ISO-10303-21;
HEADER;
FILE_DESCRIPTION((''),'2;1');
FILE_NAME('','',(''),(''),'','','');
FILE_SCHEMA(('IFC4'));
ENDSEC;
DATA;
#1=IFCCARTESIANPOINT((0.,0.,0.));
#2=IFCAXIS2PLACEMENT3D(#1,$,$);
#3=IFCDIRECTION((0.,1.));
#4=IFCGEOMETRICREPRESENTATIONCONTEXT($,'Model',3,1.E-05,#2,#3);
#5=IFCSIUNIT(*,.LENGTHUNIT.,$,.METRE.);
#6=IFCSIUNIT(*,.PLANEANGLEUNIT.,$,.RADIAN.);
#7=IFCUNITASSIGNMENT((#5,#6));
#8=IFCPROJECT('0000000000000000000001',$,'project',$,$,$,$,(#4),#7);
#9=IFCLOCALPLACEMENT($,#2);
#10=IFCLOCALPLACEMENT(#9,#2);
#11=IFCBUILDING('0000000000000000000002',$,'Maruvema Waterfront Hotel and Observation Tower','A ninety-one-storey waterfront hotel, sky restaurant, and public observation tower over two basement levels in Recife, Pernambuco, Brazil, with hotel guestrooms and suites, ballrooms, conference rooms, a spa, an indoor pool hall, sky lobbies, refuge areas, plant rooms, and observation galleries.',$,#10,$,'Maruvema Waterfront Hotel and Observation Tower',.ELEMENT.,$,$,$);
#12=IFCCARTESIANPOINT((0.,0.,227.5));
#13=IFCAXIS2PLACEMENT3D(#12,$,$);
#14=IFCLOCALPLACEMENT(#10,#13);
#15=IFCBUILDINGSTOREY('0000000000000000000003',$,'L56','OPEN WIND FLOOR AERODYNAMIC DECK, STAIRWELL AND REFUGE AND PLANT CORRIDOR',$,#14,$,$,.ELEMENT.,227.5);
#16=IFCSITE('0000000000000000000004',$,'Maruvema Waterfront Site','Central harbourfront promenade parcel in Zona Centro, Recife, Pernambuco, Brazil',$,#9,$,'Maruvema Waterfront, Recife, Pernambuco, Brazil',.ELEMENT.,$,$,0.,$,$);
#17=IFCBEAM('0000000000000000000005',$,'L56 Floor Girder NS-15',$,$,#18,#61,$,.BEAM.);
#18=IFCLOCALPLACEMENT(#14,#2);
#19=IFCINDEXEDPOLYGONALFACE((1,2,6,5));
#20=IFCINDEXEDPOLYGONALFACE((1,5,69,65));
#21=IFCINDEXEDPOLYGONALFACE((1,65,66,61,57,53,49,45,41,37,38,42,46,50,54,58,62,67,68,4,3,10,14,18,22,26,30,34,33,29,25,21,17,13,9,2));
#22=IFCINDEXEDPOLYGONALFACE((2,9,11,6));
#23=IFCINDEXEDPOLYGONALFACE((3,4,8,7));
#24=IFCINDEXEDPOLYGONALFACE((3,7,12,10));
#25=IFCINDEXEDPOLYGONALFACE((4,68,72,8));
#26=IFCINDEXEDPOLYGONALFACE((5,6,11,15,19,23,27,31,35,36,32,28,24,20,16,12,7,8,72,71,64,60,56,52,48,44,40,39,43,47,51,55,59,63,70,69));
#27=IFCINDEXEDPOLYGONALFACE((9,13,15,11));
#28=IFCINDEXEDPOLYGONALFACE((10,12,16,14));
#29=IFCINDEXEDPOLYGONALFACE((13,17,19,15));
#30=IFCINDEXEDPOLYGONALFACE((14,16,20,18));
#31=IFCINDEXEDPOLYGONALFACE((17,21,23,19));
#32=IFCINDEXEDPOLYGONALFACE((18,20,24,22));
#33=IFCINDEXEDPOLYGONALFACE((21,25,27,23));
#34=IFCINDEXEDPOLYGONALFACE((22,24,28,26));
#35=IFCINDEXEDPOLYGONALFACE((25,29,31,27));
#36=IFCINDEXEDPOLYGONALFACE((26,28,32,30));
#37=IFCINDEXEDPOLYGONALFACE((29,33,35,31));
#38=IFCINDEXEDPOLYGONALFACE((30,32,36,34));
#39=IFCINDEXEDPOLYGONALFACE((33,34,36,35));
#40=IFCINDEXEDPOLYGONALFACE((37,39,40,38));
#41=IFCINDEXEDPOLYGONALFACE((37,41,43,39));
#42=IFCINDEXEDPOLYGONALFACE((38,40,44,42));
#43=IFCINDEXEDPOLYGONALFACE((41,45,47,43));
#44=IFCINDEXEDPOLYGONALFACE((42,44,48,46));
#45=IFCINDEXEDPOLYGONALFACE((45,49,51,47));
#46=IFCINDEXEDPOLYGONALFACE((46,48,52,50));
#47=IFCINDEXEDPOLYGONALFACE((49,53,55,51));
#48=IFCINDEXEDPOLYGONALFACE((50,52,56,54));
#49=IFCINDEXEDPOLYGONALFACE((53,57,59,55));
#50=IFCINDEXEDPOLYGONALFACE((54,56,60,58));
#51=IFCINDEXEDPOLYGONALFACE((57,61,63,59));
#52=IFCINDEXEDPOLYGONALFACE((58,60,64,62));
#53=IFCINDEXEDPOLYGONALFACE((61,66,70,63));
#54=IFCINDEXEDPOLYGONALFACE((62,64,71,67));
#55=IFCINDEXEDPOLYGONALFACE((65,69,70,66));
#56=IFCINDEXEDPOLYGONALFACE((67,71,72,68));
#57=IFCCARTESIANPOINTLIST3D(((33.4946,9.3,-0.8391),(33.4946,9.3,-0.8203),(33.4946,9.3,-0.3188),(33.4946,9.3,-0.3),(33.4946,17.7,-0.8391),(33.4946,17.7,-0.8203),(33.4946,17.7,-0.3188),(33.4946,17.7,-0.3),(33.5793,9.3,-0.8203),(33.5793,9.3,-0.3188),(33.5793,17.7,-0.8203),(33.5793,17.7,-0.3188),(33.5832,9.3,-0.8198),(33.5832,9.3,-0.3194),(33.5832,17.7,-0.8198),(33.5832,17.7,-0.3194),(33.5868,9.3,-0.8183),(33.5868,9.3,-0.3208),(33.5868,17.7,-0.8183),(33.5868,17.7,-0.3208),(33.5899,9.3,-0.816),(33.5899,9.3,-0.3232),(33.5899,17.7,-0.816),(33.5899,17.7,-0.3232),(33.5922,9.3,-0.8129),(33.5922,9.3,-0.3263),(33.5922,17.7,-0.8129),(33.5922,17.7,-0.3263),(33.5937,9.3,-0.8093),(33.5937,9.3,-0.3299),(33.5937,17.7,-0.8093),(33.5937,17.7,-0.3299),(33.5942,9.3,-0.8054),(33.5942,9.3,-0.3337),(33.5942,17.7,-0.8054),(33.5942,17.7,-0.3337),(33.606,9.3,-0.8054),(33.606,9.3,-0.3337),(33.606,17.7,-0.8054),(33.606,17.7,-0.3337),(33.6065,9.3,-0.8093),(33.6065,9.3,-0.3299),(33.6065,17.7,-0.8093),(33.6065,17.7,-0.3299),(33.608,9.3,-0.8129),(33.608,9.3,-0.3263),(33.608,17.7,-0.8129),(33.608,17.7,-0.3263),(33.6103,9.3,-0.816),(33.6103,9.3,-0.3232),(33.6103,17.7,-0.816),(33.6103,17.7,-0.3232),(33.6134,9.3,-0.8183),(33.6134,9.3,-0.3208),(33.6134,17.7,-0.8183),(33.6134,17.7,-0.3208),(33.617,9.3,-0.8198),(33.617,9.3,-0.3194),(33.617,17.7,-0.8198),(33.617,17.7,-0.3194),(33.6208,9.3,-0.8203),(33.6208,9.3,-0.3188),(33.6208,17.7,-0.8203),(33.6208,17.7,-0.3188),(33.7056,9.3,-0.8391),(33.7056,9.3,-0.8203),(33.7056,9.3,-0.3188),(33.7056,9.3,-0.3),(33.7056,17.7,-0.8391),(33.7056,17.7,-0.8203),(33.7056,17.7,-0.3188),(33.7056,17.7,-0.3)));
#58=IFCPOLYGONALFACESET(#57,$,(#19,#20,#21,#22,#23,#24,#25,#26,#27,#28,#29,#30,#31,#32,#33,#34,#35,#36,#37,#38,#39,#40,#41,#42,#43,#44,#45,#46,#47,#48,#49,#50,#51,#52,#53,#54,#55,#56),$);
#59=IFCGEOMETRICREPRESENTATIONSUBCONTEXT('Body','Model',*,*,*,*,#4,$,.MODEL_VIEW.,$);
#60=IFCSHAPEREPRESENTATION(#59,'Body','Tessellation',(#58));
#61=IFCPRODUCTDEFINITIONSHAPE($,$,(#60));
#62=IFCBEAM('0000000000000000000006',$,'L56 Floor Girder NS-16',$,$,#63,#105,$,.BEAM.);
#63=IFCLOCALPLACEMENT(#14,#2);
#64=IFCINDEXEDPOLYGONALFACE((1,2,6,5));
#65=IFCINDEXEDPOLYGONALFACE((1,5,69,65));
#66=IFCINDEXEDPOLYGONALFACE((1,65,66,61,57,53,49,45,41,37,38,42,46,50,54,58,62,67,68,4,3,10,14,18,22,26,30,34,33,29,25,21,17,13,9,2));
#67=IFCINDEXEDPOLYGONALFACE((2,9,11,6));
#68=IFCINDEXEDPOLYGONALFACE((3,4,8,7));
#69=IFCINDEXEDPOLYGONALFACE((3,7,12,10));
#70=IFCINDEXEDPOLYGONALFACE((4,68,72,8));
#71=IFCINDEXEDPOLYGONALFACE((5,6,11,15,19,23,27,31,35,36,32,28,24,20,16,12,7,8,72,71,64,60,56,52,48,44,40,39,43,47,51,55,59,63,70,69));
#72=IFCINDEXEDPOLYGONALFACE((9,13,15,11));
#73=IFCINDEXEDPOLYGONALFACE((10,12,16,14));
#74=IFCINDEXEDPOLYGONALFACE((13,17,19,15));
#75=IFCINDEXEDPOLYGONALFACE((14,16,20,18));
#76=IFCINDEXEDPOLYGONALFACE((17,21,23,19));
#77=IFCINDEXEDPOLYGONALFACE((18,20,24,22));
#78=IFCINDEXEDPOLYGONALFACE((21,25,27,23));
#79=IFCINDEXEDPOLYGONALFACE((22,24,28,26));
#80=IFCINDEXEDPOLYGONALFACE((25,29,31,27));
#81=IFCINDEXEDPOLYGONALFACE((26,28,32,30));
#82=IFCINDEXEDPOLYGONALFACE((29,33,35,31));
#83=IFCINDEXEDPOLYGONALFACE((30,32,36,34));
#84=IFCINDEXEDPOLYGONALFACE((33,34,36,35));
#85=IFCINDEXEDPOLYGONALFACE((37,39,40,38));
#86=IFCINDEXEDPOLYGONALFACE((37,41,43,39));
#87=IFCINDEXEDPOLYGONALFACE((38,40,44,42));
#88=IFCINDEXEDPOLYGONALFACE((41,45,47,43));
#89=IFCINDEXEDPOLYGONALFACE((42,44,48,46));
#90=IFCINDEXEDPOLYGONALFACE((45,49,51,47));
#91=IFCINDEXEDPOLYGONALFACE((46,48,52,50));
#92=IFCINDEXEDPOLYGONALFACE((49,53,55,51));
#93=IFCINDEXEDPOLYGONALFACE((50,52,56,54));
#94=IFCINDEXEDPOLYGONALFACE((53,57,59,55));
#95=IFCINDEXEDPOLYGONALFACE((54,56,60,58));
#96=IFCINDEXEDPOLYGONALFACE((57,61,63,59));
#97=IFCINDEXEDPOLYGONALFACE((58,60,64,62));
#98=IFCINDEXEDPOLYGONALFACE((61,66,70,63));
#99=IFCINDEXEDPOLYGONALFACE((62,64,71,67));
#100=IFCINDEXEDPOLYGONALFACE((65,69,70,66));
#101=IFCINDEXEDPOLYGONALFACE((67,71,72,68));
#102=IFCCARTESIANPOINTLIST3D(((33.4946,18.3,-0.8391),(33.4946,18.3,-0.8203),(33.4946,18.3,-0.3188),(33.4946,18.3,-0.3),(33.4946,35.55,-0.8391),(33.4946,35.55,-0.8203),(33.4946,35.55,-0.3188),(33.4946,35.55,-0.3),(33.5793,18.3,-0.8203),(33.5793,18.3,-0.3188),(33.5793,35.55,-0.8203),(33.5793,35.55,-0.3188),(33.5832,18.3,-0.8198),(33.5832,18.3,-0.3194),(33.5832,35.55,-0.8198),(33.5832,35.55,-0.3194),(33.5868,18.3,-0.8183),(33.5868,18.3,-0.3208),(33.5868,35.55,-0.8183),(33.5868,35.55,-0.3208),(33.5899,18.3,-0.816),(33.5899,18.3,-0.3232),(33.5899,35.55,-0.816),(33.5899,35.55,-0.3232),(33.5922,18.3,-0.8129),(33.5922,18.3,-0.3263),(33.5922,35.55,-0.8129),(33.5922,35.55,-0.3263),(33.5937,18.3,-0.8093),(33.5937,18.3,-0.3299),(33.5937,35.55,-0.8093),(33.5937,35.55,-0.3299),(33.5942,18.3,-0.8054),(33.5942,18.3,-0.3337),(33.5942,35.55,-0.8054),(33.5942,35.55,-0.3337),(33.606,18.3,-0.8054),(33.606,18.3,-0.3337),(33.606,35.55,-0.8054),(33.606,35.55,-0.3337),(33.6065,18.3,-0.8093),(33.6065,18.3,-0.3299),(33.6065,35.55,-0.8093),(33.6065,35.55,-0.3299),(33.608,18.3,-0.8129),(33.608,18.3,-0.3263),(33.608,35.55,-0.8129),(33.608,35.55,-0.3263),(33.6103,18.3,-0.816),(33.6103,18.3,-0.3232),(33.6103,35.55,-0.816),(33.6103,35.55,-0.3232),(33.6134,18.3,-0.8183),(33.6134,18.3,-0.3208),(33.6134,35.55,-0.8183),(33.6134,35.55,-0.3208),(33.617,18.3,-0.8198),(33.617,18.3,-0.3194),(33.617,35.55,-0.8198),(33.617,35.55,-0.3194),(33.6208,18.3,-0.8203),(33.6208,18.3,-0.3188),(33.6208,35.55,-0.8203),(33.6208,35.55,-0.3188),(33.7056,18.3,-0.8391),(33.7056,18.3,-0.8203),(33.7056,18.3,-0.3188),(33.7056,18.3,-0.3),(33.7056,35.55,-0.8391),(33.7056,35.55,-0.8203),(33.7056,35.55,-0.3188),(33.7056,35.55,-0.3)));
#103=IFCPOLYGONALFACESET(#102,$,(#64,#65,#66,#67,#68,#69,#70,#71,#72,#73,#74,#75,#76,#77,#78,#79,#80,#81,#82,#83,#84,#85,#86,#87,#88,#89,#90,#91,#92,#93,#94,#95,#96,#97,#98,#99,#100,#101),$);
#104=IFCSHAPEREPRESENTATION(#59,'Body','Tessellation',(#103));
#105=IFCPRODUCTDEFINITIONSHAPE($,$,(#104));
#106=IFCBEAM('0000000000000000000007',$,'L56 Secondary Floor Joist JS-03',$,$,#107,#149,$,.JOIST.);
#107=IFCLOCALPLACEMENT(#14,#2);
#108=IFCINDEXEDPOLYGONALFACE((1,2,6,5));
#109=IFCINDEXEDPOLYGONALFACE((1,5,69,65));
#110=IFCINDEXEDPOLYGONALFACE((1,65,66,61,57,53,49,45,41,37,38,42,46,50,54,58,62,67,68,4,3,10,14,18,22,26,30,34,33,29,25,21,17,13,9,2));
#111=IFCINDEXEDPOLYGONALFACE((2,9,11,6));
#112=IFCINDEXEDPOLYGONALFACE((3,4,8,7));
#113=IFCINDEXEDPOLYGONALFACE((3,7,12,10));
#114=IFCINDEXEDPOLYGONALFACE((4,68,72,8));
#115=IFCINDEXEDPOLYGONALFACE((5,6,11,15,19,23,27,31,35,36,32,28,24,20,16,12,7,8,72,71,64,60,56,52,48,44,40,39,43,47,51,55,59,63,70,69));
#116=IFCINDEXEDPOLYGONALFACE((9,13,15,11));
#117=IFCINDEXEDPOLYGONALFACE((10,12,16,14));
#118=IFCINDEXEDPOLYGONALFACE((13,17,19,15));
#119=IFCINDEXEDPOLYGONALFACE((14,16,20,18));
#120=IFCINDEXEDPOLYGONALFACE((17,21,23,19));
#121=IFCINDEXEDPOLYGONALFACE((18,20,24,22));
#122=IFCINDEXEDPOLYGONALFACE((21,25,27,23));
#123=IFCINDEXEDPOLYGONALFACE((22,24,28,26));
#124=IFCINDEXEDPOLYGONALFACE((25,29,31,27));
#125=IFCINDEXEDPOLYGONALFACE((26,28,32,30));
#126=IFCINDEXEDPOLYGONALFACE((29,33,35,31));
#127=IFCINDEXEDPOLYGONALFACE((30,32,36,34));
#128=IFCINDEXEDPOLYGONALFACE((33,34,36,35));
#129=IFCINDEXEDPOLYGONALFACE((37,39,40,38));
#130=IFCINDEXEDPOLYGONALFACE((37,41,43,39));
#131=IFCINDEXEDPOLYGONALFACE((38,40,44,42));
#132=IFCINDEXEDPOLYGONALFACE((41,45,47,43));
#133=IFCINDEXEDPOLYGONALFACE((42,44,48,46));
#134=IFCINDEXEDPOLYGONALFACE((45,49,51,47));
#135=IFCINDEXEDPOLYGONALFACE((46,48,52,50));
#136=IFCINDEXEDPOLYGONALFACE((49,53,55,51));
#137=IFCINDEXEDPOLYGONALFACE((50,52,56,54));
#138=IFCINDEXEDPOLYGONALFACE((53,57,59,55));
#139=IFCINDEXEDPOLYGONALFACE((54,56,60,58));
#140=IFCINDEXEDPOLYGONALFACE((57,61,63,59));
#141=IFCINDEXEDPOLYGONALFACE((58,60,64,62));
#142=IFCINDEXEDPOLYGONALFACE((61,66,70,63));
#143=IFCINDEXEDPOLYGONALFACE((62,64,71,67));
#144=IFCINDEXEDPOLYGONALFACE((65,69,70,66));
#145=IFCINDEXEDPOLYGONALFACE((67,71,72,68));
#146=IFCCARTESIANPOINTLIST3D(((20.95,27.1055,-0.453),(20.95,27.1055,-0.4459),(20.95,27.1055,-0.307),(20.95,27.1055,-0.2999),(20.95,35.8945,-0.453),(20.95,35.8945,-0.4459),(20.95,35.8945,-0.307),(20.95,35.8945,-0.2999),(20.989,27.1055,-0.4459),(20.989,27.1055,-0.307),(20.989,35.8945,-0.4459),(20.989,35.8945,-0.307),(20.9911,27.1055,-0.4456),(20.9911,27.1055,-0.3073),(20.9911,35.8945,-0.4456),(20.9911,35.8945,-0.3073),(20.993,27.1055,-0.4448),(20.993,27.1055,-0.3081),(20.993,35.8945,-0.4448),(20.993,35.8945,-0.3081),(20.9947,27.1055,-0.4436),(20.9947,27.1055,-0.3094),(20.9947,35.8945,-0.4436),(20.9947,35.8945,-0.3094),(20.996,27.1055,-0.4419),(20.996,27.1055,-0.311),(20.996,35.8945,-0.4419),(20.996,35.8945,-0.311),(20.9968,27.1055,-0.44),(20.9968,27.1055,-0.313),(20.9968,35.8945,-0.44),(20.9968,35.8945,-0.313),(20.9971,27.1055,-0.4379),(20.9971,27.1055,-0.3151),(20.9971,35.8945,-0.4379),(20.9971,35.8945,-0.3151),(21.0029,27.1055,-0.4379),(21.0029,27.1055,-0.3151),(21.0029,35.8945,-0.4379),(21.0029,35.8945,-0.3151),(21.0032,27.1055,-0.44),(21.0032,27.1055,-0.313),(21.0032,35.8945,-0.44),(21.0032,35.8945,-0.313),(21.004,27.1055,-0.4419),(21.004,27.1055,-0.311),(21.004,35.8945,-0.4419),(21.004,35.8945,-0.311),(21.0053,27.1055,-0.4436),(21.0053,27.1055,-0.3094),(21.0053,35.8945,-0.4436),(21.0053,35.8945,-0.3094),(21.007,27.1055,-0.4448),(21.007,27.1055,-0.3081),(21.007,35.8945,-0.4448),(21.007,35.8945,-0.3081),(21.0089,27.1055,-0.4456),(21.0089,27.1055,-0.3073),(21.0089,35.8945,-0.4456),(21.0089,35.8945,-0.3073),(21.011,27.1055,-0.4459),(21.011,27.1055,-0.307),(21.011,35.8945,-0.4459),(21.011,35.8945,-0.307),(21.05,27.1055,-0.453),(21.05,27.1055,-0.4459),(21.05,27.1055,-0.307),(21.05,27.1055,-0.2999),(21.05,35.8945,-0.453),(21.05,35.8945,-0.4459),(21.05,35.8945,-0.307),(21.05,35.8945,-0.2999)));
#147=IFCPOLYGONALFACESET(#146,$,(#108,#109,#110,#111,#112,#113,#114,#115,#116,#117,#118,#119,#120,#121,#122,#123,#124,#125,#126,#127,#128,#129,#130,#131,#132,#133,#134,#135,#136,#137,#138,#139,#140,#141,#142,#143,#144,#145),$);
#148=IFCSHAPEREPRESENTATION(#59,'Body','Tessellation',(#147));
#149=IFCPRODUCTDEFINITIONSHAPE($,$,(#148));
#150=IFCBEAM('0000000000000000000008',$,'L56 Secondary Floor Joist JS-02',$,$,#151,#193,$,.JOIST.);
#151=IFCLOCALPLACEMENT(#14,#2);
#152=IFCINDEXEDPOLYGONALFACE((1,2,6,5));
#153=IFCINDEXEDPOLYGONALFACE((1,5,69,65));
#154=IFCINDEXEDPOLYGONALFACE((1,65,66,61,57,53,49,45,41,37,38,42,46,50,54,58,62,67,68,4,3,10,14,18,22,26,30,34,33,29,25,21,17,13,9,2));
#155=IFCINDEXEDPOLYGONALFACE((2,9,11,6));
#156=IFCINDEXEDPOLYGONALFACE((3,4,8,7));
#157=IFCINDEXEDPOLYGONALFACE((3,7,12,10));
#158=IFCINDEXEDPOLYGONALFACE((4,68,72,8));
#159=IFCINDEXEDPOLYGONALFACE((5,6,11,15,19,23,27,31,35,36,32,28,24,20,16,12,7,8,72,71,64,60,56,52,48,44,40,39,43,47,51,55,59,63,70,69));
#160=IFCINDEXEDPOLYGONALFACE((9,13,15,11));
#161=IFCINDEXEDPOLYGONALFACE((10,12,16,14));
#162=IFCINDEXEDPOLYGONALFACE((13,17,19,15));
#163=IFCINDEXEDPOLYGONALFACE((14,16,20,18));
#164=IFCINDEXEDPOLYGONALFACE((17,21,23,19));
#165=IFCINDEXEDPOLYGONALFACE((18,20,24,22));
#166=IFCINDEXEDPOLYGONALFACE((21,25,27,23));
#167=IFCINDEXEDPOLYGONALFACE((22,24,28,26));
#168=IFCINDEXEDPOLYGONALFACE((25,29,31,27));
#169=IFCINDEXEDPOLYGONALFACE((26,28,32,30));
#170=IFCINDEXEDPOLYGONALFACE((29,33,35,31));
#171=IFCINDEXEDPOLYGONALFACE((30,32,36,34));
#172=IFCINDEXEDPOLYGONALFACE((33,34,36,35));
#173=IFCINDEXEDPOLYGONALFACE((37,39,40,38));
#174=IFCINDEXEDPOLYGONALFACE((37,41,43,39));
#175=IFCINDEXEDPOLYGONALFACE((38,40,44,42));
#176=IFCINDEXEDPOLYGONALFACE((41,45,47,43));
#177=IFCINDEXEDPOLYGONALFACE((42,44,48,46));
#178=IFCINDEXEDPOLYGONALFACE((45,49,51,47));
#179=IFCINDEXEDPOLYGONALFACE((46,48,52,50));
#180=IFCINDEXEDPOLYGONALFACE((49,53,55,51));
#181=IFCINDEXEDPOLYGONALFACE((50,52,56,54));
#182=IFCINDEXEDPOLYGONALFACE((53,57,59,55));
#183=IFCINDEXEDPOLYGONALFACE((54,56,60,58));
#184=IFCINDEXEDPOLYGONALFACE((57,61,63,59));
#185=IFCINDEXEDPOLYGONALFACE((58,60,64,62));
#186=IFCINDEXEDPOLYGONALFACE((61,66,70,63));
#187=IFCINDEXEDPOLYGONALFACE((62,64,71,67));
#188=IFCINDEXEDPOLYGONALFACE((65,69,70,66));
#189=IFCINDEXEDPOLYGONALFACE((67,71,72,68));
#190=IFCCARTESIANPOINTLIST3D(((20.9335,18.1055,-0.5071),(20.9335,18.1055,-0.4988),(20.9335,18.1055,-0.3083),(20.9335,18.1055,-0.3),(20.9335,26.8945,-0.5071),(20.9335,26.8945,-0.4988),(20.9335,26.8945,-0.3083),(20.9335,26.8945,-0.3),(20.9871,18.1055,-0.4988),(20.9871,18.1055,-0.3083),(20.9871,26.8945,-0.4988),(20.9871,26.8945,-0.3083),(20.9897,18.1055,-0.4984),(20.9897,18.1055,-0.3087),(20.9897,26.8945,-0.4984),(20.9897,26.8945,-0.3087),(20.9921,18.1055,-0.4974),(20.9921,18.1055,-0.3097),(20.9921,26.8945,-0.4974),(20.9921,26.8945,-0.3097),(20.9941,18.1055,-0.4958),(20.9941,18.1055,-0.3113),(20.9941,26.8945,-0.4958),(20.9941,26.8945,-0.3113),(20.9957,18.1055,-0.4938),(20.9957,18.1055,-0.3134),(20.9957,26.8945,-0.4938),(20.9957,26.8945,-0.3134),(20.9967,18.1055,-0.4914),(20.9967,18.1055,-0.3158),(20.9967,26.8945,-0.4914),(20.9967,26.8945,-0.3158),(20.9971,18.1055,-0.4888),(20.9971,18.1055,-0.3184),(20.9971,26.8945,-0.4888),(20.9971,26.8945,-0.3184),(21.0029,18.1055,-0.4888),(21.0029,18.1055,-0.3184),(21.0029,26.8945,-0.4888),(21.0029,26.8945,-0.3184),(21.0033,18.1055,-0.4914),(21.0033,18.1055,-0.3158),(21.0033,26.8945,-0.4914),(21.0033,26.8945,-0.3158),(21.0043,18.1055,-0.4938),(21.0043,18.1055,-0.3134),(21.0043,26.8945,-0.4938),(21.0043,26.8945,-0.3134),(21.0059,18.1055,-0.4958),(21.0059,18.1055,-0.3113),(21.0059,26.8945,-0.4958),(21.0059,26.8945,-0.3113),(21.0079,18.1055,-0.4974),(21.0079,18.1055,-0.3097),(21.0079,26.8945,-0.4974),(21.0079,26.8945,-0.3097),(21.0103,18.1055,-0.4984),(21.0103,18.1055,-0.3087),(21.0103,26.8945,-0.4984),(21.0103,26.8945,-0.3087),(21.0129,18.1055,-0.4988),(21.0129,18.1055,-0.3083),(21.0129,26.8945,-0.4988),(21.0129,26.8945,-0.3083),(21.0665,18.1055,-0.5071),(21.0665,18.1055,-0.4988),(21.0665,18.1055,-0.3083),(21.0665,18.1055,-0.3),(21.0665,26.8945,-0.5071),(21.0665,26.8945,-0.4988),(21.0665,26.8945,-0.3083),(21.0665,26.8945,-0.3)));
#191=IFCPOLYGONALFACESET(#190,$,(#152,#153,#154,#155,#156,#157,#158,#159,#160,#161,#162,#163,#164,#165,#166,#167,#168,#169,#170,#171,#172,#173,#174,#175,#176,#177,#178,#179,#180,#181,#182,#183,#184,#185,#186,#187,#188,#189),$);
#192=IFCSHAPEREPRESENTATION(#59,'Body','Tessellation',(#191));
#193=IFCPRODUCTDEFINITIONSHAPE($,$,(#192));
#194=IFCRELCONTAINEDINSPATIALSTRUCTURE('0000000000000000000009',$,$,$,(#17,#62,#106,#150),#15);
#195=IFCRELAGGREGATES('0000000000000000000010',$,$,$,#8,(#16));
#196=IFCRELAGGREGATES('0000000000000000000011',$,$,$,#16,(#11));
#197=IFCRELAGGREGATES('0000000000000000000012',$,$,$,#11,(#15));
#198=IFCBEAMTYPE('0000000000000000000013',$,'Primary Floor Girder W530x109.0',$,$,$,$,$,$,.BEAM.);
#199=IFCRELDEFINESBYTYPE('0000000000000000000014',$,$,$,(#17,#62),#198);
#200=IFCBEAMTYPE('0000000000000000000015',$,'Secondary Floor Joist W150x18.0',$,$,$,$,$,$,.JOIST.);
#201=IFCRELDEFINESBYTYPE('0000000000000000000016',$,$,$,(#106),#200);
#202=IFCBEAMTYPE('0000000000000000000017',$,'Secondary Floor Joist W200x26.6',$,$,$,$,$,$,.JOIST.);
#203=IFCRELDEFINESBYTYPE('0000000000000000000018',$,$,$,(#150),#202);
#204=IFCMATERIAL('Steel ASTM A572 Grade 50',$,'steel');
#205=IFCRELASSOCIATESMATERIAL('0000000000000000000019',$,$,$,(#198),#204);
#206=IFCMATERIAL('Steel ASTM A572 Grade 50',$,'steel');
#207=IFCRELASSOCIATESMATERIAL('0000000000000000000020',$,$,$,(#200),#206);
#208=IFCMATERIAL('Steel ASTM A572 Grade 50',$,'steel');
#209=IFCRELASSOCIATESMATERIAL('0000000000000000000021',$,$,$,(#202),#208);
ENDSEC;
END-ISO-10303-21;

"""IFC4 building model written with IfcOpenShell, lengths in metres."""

from ifc_helpers import new_model, si_unit, direction, frame, origin, origin_2d, place, context, subcontext, project, spatial, i_section, extrude, material, material_profile, profile_set, type_object, element, save


model = new_model("IFC4")

# Units and contexts
model_context = context("Model", 3, precision=1e-05, world=origin(), true_north=direction((0.0, 1.0)))
body_context = subcontext(model_context, "Body", "Model", "MODEL_VIEW")
ifc_project = project(units=[si_unit("LENGTHUNIT", "METRE"), si_unit("PLANEANGLEUNIT", "RADIAN")], contexts=[model_context])

# Site, building, storey
site_placement = place(None, origin())
site = spatial("IfcSite", under=ifc_project, at=site_placement, Name="Maruvema Waterfront Site", Description="Central harbourfront promenade parcel in Zona Centro, Recife, Pernambuco, Brazil", LongName="Maruvema Waterfront, Recife, Pernambuco, Brazil", CompositionType="ELEMENT", RefElevation=0.0)
building_placement = place(site_placement, origin())
building = spatial("IfcBuilding", under=site, at=building_placement, Name="Maruvema Waterfront Hotel and Observation Tower", Description="A ninety-one-storey waterfront hotel, sky restaurant, and public observation tower over two basement levels in Recife, Pernambuco, Brazil, with hotel guestrooms and suites, ballrooms, conference rooms, a spa, an indoor pool hall, sky lobbies, refuge areas, plant rooms, and observation galleries.", LongName="Maruvema Waterfront Hotel and Observation Tower", CompositionType="ELEMENT")
storey_placement = place(building_placement, frame((0.0, 0.0, 227.5)))
storey = spatial("IfcBuildingStorey", under=building, at=storey_placement, Name="L56", Description="OPEN WIND FLOOR AERODYNAMIC DECK, STAIRWELL AND REFUGE AND PLANT CORRIDOR", CompositionType="ELEMENT", Elevation=227.5)

# Beams
ifc_material_1 = material(Name="Steel ASTM A572 Grade 50", Category="steel")
ifc_material_profile_1 = material_profile(ifc_material_1, i_section(OverallWidth=0.2109, OverallDepth=0.5391, WebThickness=0.0117, FlangeThickness=0.0188, FilletRadius=0.0149, at=origin_2d()), Name="W530x109.0")
ifc_profile_set_1 = profile_set([ifc_material_profile_1], Name="Steel ASTM A572 Grade 50")
beam_type_1 = type_object("IfcBeamType", Name="Primary Floor Girder W530x109.0", PredefinedType="BEAM", material=ifc_profile_set_1)
beam_1_placement = place(storey_placement, frame((33.6001, 9.3, -0.5696), z_axis=(0.0, 1.0, 0.0), x_axis=(-1.0, 0.0, 0.0)))
element("IfcBeam", 1, at=beam_1_placement, inside=storey, type_object=beam_type_1, Name="L56 Floor Girder NS-15", PredefinedType="BEAM", context=body_context, shape_type="SweptSolid", body=[
    extrude(i_section(OverallWidth=0.2109, OverallDepth=0.5391, WebThickness=0.0117, FlangeThickness=0.0188, FilletRadius=0.0149, at=origin_2d()), origin(), (0.0, 0.0, 1.0), 8.3999),
])
beam_2_placement = place(storey_placement, frame((33.6001, 18.3, -0.5696), z_axis=(0.0, 1.0, 0.0), x_axis=(-1.0, 0.0, 0.0)))
element("IfcBeam", 2, at=beam_2_placement, inside=storey, type_object=beam_type_1, Name="L56 Floor Girder NS-16", PredefinedType="BEAM", context=body_context, shape_type="SweptSolid", body=[
    extrude(i_section(OverallWidth=0.2109, OverallDepth=0.5391, WebThickness=0.0117, FlangeThickness=0.0188, FilletRadius=0.0149, at=origin_2d()), origin(), (0.0, 0.0, 1.0), 17.25),
])
ifc_material_2 = material(Name="Steel ASTM A572 Grade 50", Category="steel")
ifc_material_profile_2 = material_profile(ifc_material_2, i_section(OverallWidth=0.1001, OverallDepth=0.1531, WebThickness=0.0059, FlangeThickness=0.0071, FilletRadius=0.0081, at=origin_2d()), Name="W150x18.0")
ifc_profile_set_2 = profile_set([ifc_material_profile_2], Name="Steel ASTM A572 Grade 50")
beam_type_2 = type_object("IfcBeamType", Name="Secondary Floor Joist W150x18.0", PredefinedType="JOIST", material=ifc_profile_set_2)
beam_3_placement = place(storey_placement, frame((21.0, 27.1055, -0.3765), z_axis=(0.0, 1.0, 0.0), x_axis=(-1.0, 0.0, 0.0)))
element("IfcBeam", 3, at=beam_3_placement, inside=storey, type_object=beam_type_2, Name="L56 Secondary Floor Joist JS-03", PredefinedType="JOIST", context=body_context, shape_type="SweptSolid", body=[
    extrude(i_section(OverallWidth=0.1001, OverallDepth=0.1531, WebThickness=0.0059, FlangeThickness=0.0071, FilletRadius=0.0081, at=origin_2d()), origin(), (0.0, 0.0, 1.0), 8.7891),
])
ifc_material_3 = material(Name="Steel ASTM A572 Grade 50", Category="steel")
ifc_material_profile_3 = material_profile(ifc_material_3, i_section(OverallWidth=0.1331, OverallDepth=0.207, WebThickness=0.0059, FlangeThickness=0.0083, FilletRadius=0.01, at=origin_2d()), Name="W200x26.6")
ifc_profile_set_3 = profile_set([ifc_material_profile_3], Name="Steel ASTM A572 Grade 50")
beam_type_3 = type_object("IfcBeamType", Name="Secondary Floor Joist W200x26.6", PredefinedType="JOIST", material=ifc_profile_set_3)
beam_4_placement = place(storey_placement, frame((21.0, 18.1055, -0.4036), z_axis=(0.0, 1.0, 0.0), x_axis=(-1.0, 0.0, 0.0)))
element("IfcBeam", 4, at=beam_4_placement, inside=storey, type_object=beam_type_3, Name="L56 Secondary Floor Joist JS-02", PredefinedType="JOIST", context=body_context, shape_type="SweptSolid", body=[
    extrude(i_section(OverallWidth=0.1331, OverallDepth=0.207, WebThickness=0.0059, FlangeThickness=0.0083, FilletRadius=0.01, at=origin_2d()), origin(), (0.0, 0.0, 1.0), 8.7891),
])

save(model, "model.ifc")
